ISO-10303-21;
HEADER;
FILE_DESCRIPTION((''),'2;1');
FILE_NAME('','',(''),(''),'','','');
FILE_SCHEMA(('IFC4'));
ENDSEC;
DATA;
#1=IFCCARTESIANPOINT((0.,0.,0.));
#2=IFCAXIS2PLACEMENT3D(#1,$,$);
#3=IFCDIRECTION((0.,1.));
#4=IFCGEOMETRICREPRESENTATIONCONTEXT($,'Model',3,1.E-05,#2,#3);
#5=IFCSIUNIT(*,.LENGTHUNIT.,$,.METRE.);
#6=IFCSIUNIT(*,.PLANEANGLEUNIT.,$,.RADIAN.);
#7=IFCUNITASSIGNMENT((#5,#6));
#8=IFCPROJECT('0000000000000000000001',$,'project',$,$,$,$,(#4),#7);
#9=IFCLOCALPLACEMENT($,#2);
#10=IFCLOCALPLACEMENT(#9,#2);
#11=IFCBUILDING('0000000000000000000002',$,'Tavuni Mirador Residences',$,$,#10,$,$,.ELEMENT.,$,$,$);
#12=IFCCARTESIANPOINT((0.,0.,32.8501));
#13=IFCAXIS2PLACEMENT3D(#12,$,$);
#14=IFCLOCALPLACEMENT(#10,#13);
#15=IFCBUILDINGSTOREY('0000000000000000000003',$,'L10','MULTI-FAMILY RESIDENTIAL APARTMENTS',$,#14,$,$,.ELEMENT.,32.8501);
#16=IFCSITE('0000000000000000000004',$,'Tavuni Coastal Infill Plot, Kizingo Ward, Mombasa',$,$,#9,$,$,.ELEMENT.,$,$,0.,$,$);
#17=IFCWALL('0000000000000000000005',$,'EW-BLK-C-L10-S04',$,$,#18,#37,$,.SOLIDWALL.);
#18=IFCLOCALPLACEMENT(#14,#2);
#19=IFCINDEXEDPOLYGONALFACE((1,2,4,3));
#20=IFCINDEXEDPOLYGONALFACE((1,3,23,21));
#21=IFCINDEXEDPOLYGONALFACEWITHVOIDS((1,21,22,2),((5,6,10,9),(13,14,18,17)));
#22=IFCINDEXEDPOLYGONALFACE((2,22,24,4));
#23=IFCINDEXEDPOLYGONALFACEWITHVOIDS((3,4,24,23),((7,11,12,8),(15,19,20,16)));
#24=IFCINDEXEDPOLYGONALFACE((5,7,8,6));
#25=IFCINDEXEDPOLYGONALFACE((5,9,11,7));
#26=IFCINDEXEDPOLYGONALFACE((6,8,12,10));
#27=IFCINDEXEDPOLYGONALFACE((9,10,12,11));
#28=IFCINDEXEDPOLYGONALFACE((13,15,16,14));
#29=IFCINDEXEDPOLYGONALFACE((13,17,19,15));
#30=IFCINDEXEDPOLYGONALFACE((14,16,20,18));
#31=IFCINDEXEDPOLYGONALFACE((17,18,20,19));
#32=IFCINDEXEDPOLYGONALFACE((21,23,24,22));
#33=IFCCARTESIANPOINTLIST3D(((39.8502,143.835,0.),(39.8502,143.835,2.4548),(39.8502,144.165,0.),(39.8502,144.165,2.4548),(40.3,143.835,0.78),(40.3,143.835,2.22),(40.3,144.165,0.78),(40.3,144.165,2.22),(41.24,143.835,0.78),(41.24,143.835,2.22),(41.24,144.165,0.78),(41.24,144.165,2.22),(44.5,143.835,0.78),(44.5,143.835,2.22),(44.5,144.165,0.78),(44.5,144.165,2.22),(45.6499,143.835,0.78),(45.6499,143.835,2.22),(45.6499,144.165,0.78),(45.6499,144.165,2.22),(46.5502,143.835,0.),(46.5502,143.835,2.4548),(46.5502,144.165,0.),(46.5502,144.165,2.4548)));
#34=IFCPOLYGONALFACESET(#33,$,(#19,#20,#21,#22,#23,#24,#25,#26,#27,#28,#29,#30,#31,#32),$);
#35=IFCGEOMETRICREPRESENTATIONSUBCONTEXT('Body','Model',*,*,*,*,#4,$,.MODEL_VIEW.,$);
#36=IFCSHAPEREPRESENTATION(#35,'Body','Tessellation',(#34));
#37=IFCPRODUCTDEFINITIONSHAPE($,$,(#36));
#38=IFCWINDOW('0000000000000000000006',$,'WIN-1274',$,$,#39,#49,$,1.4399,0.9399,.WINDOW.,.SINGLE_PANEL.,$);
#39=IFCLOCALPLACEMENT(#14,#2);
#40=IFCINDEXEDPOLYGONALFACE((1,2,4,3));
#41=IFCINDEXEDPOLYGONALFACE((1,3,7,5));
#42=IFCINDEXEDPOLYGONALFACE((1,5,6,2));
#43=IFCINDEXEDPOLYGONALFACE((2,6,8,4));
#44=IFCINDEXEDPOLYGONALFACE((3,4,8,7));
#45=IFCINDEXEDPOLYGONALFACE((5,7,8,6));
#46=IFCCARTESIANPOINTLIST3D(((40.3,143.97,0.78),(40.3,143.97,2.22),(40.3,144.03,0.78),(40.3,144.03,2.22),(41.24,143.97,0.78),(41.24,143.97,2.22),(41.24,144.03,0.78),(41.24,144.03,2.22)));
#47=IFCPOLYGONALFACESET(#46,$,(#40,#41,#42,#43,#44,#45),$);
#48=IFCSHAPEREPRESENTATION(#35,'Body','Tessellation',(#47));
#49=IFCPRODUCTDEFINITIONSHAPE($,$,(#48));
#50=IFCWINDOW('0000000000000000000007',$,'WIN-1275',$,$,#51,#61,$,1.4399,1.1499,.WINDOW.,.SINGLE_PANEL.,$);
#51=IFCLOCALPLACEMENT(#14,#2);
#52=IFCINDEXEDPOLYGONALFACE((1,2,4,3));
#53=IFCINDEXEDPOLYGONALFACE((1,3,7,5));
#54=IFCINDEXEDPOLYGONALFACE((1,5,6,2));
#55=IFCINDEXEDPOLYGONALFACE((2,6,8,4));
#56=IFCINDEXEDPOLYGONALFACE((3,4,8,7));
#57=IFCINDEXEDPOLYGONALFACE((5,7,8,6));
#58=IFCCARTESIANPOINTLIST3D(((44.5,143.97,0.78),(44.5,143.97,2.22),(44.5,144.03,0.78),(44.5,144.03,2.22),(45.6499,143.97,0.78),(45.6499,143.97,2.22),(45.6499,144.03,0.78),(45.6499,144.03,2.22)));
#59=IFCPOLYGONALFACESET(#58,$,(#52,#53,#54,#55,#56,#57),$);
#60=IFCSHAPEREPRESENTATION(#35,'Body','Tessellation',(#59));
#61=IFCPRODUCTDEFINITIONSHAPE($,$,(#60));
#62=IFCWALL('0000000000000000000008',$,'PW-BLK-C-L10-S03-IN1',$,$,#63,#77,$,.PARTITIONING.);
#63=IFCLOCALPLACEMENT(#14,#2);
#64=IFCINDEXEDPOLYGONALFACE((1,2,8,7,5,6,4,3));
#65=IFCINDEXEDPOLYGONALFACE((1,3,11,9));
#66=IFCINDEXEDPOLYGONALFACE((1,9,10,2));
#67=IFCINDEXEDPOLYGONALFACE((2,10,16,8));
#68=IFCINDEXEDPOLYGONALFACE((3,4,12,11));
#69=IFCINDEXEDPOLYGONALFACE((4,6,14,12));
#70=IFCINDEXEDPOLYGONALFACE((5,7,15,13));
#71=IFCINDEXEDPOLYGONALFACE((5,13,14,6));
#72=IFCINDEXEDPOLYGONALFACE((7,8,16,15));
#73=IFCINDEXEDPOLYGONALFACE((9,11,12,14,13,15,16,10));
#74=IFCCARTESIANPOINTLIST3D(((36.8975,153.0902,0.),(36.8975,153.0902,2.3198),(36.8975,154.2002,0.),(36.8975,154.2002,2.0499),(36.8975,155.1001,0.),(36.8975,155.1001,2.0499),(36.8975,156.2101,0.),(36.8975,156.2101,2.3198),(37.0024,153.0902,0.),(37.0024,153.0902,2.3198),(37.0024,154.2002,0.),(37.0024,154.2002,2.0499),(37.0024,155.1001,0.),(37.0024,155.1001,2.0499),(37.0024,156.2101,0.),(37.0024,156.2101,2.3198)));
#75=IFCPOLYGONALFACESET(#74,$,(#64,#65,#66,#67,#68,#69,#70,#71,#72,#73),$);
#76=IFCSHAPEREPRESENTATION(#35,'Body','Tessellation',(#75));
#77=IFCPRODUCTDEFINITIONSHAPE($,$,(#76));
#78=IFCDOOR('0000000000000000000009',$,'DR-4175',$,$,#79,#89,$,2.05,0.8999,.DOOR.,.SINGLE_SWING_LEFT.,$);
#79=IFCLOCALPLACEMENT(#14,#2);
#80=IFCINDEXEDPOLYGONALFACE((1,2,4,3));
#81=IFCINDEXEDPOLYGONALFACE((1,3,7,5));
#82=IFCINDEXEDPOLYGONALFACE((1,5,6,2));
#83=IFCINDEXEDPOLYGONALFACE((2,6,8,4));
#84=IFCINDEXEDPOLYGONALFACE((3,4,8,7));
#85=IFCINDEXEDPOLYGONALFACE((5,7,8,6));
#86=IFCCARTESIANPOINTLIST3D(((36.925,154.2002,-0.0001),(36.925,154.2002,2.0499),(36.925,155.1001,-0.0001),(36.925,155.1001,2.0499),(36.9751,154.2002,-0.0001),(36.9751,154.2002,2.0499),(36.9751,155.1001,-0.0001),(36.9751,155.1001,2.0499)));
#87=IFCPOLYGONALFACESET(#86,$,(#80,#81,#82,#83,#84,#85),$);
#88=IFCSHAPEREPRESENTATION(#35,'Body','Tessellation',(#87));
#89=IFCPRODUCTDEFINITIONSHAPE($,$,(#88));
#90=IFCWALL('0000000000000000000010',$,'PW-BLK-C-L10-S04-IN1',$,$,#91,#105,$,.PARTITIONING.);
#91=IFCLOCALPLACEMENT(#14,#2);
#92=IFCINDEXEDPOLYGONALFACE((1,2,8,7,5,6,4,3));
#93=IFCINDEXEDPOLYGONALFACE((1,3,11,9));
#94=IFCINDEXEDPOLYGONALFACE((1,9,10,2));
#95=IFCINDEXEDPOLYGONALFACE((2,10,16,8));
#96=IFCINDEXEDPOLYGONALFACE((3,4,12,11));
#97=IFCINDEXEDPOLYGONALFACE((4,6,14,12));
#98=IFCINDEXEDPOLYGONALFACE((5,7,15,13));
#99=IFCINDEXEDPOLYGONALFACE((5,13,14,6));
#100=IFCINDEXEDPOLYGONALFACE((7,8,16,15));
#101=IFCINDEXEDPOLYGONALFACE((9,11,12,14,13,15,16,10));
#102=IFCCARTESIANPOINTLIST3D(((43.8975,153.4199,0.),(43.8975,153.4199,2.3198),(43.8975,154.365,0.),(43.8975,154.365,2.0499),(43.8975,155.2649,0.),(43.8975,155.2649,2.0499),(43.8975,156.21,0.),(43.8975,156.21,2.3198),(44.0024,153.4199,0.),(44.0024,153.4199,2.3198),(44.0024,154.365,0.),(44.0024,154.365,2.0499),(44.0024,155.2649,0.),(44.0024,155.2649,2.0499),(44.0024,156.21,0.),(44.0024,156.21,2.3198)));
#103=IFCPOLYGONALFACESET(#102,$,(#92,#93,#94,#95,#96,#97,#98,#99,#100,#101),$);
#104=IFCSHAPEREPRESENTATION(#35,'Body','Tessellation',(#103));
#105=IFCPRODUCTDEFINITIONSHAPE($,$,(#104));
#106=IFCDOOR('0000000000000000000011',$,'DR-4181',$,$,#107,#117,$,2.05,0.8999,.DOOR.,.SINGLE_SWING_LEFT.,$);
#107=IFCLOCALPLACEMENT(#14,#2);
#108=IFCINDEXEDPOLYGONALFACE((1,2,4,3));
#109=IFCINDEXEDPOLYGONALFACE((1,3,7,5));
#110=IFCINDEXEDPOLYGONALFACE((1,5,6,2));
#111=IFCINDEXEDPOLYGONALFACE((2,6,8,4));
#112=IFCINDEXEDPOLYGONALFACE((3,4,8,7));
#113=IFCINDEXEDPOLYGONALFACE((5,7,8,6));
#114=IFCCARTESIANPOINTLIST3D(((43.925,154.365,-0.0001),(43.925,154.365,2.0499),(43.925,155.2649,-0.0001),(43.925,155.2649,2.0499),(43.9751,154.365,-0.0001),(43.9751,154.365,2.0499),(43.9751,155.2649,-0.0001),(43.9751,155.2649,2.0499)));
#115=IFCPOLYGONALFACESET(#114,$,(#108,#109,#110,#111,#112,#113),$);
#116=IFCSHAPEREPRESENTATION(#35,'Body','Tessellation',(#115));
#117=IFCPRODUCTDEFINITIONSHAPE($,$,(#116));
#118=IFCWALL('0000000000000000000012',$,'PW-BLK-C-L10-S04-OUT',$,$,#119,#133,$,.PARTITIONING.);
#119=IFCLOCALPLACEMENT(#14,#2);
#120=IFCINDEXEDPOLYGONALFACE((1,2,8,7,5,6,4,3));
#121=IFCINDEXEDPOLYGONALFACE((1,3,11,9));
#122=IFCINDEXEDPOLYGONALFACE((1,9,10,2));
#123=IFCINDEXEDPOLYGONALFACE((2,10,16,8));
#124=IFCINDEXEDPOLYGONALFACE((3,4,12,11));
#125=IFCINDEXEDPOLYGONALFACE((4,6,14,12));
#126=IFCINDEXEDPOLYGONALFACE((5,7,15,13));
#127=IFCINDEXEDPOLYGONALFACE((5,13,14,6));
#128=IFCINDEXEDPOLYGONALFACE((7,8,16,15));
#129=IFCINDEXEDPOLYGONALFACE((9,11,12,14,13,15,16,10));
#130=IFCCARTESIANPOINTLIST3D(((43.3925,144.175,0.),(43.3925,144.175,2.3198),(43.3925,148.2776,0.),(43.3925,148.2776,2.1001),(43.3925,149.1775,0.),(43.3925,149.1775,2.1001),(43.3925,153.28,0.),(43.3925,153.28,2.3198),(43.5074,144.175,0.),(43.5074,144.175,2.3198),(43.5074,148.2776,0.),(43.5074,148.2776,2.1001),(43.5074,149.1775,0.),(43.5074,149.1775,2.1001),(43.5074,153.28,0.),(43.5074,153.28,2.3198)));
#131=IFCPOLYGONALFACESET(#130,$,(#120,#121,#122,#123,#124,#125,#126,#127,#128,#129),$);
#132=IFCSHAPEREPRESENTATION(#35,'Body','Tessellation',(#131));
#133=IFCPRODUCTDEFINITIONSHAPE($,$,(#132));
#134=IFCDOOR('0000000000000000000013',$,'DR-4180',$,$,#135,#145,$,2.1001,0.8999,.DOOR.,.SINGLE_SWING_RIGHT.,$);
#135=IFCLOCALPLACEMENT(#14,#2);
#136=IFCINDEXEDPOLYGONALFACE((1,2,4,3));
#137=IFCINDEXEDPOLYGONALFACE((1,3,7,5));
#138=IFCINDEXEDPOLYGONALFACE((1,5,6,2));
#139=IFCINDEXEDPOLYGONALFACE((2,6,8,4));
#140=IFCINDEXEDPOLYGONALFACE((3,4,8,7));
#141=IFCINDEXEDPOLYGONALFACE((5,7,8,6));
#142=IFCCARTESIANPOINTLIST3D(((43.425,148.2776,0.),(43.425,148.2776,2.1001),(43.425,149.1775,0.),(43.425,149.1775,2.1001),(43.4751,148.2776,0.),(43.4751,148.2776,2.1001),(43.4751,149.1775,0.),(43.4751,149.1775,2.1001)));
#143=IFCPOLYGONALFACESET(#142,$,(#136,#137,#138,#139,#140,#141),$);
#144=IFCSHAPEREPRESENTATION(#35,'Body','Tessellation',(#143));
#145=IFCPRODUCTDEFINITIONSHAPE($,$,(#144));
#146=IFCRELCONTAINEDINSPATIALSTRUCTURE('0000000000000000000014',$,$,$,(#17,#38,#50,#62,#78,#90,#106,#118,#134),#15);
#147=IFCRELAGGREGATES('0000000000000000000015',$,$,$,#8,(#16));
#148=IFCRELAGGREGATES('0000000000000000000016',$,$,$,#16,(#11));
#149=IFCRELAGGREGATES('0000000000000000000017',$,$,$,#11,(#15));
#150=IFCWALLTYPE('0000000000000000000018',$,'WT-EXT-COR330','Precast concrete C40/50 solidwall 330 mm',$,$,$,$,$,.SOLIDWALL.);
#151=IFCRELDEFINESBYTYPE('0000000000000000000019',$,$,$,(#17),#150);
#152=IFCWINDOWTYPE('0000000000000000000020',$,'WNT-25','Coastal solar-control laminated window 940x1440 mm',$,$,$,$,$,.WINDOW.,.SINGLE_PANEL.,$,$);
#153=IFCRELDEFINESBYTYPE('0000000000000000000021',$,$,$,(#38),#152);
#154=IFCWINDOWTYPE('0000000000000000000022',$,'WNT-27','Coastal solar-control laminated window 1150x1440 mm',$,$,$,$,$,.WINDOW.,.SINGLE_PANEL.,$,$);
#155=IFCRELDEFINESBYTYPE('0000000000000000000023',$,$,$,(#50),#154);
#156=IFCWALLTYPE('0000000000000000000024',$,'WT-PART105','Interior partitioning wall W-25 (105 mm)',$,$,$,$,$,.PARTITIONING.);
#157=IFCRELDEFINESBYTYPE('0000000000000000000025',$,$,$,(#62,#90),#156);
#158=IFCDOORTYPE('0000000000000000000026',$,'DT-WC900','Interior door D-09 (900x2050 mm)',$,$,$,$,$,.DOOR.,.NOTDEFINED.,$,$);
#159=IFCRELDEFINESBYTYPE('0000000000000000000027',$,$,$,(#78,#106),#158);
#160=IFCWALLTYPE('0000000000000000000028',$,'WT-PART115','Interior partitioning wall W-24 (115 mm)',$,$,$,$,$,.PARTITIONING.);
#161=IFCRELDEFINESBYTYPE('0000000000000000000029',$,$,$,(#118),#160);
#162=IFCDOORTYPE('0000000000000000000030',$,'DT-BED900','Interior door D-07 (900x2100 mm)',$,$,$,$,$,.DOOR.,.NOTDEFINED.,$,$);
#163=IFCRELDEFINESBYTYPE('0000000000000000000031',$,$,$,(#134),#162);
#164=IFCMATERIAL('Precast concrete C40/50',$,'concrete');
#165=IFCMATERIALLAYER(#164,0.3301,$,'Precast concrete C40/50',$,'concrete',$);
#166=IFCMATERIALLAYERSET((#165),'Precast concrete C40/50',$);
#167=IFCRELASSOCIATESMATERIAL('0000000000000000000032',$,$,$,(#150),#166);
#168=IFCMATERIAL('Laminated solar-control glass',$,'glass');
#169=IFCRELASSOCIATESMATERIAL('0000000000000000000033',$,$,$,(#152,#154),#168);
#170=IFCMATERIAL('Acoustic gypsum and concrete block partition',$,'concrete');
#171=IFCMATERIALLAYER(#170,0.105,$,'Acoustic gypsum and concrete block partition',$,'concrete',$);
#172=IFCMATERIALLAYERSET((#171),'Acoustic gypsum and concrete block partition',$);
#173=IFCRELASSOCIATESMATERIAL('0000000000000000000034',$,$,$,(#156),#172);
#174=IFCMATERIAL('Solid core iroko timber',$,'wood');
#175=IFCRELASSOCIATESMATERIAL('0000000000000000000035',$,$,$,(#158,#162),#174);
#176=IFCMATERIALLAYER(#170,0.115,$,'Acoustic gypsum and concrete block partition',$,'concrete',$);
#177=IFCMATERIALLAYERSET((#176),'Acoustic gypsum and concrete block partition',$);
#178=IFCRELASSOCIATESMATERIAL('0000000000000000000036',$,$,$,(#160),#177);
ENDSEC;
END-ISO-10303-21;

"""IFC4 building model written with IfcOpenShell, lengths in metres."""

from ifc_helpers import new_model, si_unit, direction, frame, frame_2d, origin, place, context, subcontext, project, spatial, rectangle, extrude, material, layer, layer_set, type_object, element, fill, save


model = new_model("IFC4")

# Units and contexts
model_context = context("Model", 3, precision=1e-05, world=origin(), true_north=direction((0.0, 1.0)))
body_context = subcontext(model_context, "Body", "Model", "MODEL_VIEW")
ifc_project = project(units=[si_unit("LENGTHUNIT", "METRE"), si_unit("PLANEANGLEUNIT", "RADIAN")], contexts=[model_context])

# Site, building, storey
site_placement = place(None, origin())
site = spatial("IfcSite", under=ifc_project, at=site_placement, Name="Tavuni Coastal Infill Plot, Kizingo Ward, Mombasa", CompositionType="ELEMENT", RefElevation=0.0)
building_placement = place(site_placement, origin())
building = spatial("IfcBuilding", under=site, at=building_placement, Name="Tavuni Mirador Residences", CompositionType="ELEMENT")
storey_placement = place(building_placement, frame((0.0, 0.0, 32.8501)))
storey = spatial("IfcBuildingStorey", under=building, at=storey_placement, Name="L10", Description="MULTI-FAMILY RESIDENTIAL APARTMENTS", CompositionType="ELEMENT", Elevation=32.8501)

# Shared definitions
ifc_material_1 = material(Name="Precast concrete C40/50", Category="concrete")

# Shared definitions
ifc_material_2 = material(Name="Solid core iroko timber", Category="wood")

# Wall, openings, windows
ifc_layer_1 = layer(ifc_material_1, 0.3301, Name="Precast concrete C40/50", Category="concrete")
ifc_layer_set_1 = layer_set([ifc_layer_1], Name="Precast concrete C40/50")
wall_type_1 = type_object("IfcWallType", Name="WT-EXT-COR330", Description="Precast concrete C40/50 solidwall 330 mm", PredefinedType="SOLIDWALL", material=ifc_layer_set_1)
wall_1_placement = place(storey_placement, frame((39.8501, 144.0, 0.0), z_axis=(0.0, 0.0, 1.0), x_axis=(1.0, 0.0, 0.0)))
wall_1 = element("IfcWall", 1, at=wall_1_placement, inside=storey, type_object=wall_type_1, Name="EW-BLK-C-L10-S04", PredefinedType="SOLIDWALL", context=body_context, shape_type="SweptSolid", body=[
    extrude(rectangle(XDim=6.7, YDim=0.3301, at=frame_2d((3.3501, 0.0))), origin(), (0.0, 0.0, 1.0), 2.4548),
])
opening_1_placement = place(wall_1_placement, frame((0.45, 0.0, 0.78)))
opening_1 = element("IfcOpeningElement", 2, at=opening_1_placement, cuts=wall_1, PredefinedType="OPENING", context=body_context, shape_type="SweptSolid", body=[
    extrude(rectangle(XDim=0.9399, YDim=1.4399, at=frame_2d((0.47, 0.72))), frame((0.0, 0.175, 0.0), z_axis=(0.0, -1.0, 0.0), x_axis=(1.0, 0.0, 0.0)), (0.0, 0.0, 1.0), 0.3501),
])
opening_2_placement = place(wall_1_placement, frame((4.6499, 0.0, 0.78)))
opening_2 = element("IfcOpeningElement", 3, at=opening_2_placement, cuts=wall_1, PredefinedType="OPENING", context=body_context, shape_type="SweptSolid", body=[
    extrude(rectangle(XDim=1.1499, YDim=1.4399, at=frame_2d((0.575, 0.72))), frame((0.0, 0.175, 0.0), z_axis=(0.0, -1.0, 0.0), x_axis=(1.0, 0.0, 0.0)), (0.0, 0.0, 1.0), 0.3501),
])
ifc_material_3 = material(Name="Laminated solar-control glass", Category="glass")
window_type_1 = type_object("IfcWindowType", Name="WNT-25", Description="Coastal solar-control laminated window 940x1440 mm", PartitioningType="SINGLE_PANEL", PredefinedType="WINDOW", material=ifc_material_3)
window_1_placement = place(opening_1_placement, origin())
window_1 = element("IfcWindow", 4, at=window_1_placement, inside=storey, type_object=window_type_1, Name="WIN-1274", OverallHeight=1.4399, OverallWidth=0.9399, PartitioningType="SINGLE_PANEL", PredefinedType="WINDOW", context=body_context, shape_type="SweptSolid", body=[
    extrude(rectangle(XDim=0.9399, YDim=1.4399, at=frame_2d((0.47, 0.72))), frame((0.0, 0.03, 0.0), z_axis=(0.0, -1.0, 0.0), x_axis=(1.0, 0.0, 0.0)), (0.0, 0.0, 1.0), 0.0601),
])
fill(opening_1, window_1)
window_type_2 = type_object("IfcWindowType", Name="WNT-27", Description="Coastal solar-control laminated window 1150x1440 mm", PartitioningType="SINGLE_PANEL", PredefinedType="WINDOW", material=ifc_material_3)
window_2_placement = place(opening_2_placement, origin())
window_2 = element("IfcWindow", 5, at=window_2_placement, inside=storey, type_object=window_type_2, Name="WIN-1275", OverallHeight=1.4399, OverallWidth=1.1499, PartitioningType="SINGLE_PANEL", PredefinedType="WINDOW", context=body_context, shape_type="SweptSolid", body=[
    extrude(rectangle(XDim=1.1499, YDim=1.4399, at=frame_2d((0.575, 0.72))), frame((0.0, 0.03, 0.0), z_axis=(0.0, -1.0, 0.0), x_axis=(1.0, 0.0, 0.0)), (0.0, 0.0, 1.0), 0.0601),
])
fill(opening_2, window_2)

# Walls, openings, doors
ifc_material_4 = material(Name="Acoustic gypsum and concrete block partition", Category="concrete")
ifc_layer_2 = layer(ifc_material_4, 0.105, Name="Acoustic gypsum and concrete block partition", Category="concrete")
ifc_layer_set_2 = layer_set([ifc_layer_2], Name="Acoustic gypsum and concrete block partition")
wall_type_2 = type_object("IfcWallType", Name="WT-PART105", Description="Interior partitioning wall W-25 (105 mm)", PredefinedType="PARTITIONING", material=ifc_layer_set_2)
wall_2_placement = place(storey_placement, frame((36.95, 153.0901, 0.0), z_axis=(0.0, 0.0, 1.0), x_axis=(0.0, 1.0, 0.0)))
wall_2 = element("IfcWall", 6, at=wall_2_placement, inside=storey, type_object=wall_type_2, Name="PW-BLK-C-L10-S03-IN1", PredefinedType="PARTITIONING", context=body_context, shape_type="SweptSolid", body=[
    extrude(rectangle(XDim=3.1199, YDim=0.105, at=frame_2d((1.5601, 0.0))), origin(), (0.0, 0.0, 1.0), 2.3198),
])
opening_3_placement = place(wall_2_placement, frame((1.1101, 0.0, 0.0)))
opening_3 = element("IfcOpeningElement", 7, at=opening_3_placement, cuts=wall_2, PredefinedType="OPENING", context=body_context, shape_type="SweptSolid", body=[
    extrude(rectangle(XDim=0.8999, YDim=2.05, at=frame_2d((0.45, 1.0249))), frame((0.0, 0.0625, 0.0), z_axis=(0.0, -1.0, 0.0), x_axis=(1.0, 0.0, 0.0)), (0.0, 0.0, 1.0), 0.125),
])
door_type_1 = type_object("IfcDoorType", Name="DT-WC900", Description="Interior door D-09 (900x2050 mm)", OperationType="NOTDEFINED", PredefinedType="DOOR", material=ifc_material_2)
door_1_placement = place(opening_3_placement, origin())
door_1 = element("IfcDoor", 8, at=door_1_placement, inside=storey, type_object=door_type_1, Name="DR-4175", OperationType="SINGLE_SWING_LEFT", OverallHeight=2.05, OverallWidth=0.8999, PredefinedType="DOOR", context=body_context, shape_type="SweptSolid", body=[
    extrude(rectangle(XDim=0.8999, YDim=2.05, at=frame_2d((0.45, 1.0249))), frame((0.0, 0.0249, 0.0), z_axis=(0.0, -1.0, 0.0), x_axis=(1.0, 0.0, 0.0)), (0.0, 0.0, 1.0), 0.05),
])
fill(opening_3, door_1)
wall_3_placement = place(storey_placement, frame((43.95, 153.4199, 0.0), z_axis=(0.0, 0.0, 1.0), x_axis=(0.0, 1.0, 0.0)))
wall_3 = element("IfcWall", 9, at=wall_3_placement, inside=storey, type_object=wall_type_2, Name="PW-BLK-C-L10-S04-IN1", PredefinedType="PARTITIONING", context=body_context, shape_type="SweptSolid", body=[
    extrude(rectangle(XDim=2.79, YDim=0.105, at=frame_2d((1.395, 0.0))), origin(), (0.0, 0.0, 1.0), 2.3198),
])
opening_4_placement = place(wall_3_placement, frame((0.9451, 0.0, 0.0)))
opening_4 = element("IfcOpeningElement", 10, at=opening_4_placement, cuts=wall_3, PredefinedType="OPENING", context=body_context, shape_type="SweptSolid", body=[
    extrude(rectangle(XDim=0.8999, YDim=2.05, at=frame_2d((0.45, 1.0249))), frame((0.0, 0.0625, 0.0), z_axis=(0.0, -1.0, 0.0), x_axis=(1.0, 0.0, 0.0)), (0.0, 0.0, 1.0), 0.125),
])
door_2_placement = place(opening_4_placement, origin())
door_2 = element("IfcDoor", 11, at=door_2_placement, inside=storey, type_object=door_type_1, Name="DR-4181", OperationType="SINGLE_SWING_LEFT", OverallHeight=2.05, OverallWidth=0.8999, PredefinedType="DOOR", context=body_context, shape_type="SweptSolid", body=[
    extrude(rectangle(XDim=0.8999, YDim=2.05, at=frame_2d((0.45, 1.0249))), frame((0.0, 0.0249, 0.0), z_axis=(0.0, -1.0, 0.0), x_axis=(1.0, 0.0, 0.0)), (0.0, 0.0, 1.0), 0.05),
])
fill(opening_4, door_2)
ifc_layer_3 = layer(ifc_material_4, 0.115, Name="Acoustic gypsum and concrete block partition", Category="concrete")
ifc_layer_set_3 = layer_set([ifc_layer_3], Name="Acoustic gypsum and concrete block partition")
wall_type_3 = type_object("IfcWallType", Name="WT-PART115", Description="Interior partitioning wall W-24 (115 mm)", PredefinedType="PARTITIONING", material=ifc_layer_set_3)
wall_4_placement = place(storey_placement, frame((43.45, 144.175, 0.0), z_axis=(0.0, 0.0, 1.0), x_axis=(0.0, 1.0, 0.0)))
wall_4 = element("IfcWall", 12, at=wall_4_placement, inside=storey, type_object=wall_type_3, Name="PW-BLK-C-L10-S04-OUT", PredefinedType="PARTITIONING", context=body_context, shape_type="SweptSolid", body=[
    extrude(rectangle(XDim=9.105, YDim=0.115, at=frame_2d((4.5525, 0.0))), origin(), (0.0, 0.0, 1.0), 2.3198),
])
opening_5_placement = place(wall_4_placement, frame((4.1025, 0.0, 0.0)))
opening_5 = element("IfcOpeningElement", 13, at=opening_5_placement, cuts=wall_4, PredefinedType="OPENING", context=body_context, shape_type="SweptSolid", body=[
    extrude(rectangle(XDim=0.8999, YDim=2.1001, at=frame_2d((0.45, 1.05))), frame((0.0, 0.0674, 0.0), z_axis=(0.0, -1.0, 0.0), x_axis=(1.0, 0.0, 0.0)), (0.0, 0.0, 1.0), 0.135),
])
door_type_2 = type_object("IfcDoorType", Name="DT-BED900", Description="Interior door D-07 (900x2100 mm)", OperationType="NOTDEFINED", PredefinedType="DOOR", material=ifc_material_2)
door_3_placement = place(opening_5_placement, origin())
door_3 = element("IfcDoor", 14, at=door_3_placement, inside=storey, type_object=door_type_2, Name="DR-4180", OperationType="SINGLE_SWING_RIGHT", OverallHeight=2.1001, OverallWidth=0.8999, PredefinedType="DOOR", context=body_context, shape_type="SweptSolid", body=[
    extrude(rectangle(XDim=0.8999, YDim=2.1001, at=frame_2d((0.45, 1.05))), frame((0.0, 0.0249, 0.0), z_axis=(0.0, -1.0, 0.0), x_axis=(1.0, 0.0, 0.0)), (0.0, 0.0, 1.0), 0.05),
])
fill(opening_5, door_3)

save(model, "model.ifc")
